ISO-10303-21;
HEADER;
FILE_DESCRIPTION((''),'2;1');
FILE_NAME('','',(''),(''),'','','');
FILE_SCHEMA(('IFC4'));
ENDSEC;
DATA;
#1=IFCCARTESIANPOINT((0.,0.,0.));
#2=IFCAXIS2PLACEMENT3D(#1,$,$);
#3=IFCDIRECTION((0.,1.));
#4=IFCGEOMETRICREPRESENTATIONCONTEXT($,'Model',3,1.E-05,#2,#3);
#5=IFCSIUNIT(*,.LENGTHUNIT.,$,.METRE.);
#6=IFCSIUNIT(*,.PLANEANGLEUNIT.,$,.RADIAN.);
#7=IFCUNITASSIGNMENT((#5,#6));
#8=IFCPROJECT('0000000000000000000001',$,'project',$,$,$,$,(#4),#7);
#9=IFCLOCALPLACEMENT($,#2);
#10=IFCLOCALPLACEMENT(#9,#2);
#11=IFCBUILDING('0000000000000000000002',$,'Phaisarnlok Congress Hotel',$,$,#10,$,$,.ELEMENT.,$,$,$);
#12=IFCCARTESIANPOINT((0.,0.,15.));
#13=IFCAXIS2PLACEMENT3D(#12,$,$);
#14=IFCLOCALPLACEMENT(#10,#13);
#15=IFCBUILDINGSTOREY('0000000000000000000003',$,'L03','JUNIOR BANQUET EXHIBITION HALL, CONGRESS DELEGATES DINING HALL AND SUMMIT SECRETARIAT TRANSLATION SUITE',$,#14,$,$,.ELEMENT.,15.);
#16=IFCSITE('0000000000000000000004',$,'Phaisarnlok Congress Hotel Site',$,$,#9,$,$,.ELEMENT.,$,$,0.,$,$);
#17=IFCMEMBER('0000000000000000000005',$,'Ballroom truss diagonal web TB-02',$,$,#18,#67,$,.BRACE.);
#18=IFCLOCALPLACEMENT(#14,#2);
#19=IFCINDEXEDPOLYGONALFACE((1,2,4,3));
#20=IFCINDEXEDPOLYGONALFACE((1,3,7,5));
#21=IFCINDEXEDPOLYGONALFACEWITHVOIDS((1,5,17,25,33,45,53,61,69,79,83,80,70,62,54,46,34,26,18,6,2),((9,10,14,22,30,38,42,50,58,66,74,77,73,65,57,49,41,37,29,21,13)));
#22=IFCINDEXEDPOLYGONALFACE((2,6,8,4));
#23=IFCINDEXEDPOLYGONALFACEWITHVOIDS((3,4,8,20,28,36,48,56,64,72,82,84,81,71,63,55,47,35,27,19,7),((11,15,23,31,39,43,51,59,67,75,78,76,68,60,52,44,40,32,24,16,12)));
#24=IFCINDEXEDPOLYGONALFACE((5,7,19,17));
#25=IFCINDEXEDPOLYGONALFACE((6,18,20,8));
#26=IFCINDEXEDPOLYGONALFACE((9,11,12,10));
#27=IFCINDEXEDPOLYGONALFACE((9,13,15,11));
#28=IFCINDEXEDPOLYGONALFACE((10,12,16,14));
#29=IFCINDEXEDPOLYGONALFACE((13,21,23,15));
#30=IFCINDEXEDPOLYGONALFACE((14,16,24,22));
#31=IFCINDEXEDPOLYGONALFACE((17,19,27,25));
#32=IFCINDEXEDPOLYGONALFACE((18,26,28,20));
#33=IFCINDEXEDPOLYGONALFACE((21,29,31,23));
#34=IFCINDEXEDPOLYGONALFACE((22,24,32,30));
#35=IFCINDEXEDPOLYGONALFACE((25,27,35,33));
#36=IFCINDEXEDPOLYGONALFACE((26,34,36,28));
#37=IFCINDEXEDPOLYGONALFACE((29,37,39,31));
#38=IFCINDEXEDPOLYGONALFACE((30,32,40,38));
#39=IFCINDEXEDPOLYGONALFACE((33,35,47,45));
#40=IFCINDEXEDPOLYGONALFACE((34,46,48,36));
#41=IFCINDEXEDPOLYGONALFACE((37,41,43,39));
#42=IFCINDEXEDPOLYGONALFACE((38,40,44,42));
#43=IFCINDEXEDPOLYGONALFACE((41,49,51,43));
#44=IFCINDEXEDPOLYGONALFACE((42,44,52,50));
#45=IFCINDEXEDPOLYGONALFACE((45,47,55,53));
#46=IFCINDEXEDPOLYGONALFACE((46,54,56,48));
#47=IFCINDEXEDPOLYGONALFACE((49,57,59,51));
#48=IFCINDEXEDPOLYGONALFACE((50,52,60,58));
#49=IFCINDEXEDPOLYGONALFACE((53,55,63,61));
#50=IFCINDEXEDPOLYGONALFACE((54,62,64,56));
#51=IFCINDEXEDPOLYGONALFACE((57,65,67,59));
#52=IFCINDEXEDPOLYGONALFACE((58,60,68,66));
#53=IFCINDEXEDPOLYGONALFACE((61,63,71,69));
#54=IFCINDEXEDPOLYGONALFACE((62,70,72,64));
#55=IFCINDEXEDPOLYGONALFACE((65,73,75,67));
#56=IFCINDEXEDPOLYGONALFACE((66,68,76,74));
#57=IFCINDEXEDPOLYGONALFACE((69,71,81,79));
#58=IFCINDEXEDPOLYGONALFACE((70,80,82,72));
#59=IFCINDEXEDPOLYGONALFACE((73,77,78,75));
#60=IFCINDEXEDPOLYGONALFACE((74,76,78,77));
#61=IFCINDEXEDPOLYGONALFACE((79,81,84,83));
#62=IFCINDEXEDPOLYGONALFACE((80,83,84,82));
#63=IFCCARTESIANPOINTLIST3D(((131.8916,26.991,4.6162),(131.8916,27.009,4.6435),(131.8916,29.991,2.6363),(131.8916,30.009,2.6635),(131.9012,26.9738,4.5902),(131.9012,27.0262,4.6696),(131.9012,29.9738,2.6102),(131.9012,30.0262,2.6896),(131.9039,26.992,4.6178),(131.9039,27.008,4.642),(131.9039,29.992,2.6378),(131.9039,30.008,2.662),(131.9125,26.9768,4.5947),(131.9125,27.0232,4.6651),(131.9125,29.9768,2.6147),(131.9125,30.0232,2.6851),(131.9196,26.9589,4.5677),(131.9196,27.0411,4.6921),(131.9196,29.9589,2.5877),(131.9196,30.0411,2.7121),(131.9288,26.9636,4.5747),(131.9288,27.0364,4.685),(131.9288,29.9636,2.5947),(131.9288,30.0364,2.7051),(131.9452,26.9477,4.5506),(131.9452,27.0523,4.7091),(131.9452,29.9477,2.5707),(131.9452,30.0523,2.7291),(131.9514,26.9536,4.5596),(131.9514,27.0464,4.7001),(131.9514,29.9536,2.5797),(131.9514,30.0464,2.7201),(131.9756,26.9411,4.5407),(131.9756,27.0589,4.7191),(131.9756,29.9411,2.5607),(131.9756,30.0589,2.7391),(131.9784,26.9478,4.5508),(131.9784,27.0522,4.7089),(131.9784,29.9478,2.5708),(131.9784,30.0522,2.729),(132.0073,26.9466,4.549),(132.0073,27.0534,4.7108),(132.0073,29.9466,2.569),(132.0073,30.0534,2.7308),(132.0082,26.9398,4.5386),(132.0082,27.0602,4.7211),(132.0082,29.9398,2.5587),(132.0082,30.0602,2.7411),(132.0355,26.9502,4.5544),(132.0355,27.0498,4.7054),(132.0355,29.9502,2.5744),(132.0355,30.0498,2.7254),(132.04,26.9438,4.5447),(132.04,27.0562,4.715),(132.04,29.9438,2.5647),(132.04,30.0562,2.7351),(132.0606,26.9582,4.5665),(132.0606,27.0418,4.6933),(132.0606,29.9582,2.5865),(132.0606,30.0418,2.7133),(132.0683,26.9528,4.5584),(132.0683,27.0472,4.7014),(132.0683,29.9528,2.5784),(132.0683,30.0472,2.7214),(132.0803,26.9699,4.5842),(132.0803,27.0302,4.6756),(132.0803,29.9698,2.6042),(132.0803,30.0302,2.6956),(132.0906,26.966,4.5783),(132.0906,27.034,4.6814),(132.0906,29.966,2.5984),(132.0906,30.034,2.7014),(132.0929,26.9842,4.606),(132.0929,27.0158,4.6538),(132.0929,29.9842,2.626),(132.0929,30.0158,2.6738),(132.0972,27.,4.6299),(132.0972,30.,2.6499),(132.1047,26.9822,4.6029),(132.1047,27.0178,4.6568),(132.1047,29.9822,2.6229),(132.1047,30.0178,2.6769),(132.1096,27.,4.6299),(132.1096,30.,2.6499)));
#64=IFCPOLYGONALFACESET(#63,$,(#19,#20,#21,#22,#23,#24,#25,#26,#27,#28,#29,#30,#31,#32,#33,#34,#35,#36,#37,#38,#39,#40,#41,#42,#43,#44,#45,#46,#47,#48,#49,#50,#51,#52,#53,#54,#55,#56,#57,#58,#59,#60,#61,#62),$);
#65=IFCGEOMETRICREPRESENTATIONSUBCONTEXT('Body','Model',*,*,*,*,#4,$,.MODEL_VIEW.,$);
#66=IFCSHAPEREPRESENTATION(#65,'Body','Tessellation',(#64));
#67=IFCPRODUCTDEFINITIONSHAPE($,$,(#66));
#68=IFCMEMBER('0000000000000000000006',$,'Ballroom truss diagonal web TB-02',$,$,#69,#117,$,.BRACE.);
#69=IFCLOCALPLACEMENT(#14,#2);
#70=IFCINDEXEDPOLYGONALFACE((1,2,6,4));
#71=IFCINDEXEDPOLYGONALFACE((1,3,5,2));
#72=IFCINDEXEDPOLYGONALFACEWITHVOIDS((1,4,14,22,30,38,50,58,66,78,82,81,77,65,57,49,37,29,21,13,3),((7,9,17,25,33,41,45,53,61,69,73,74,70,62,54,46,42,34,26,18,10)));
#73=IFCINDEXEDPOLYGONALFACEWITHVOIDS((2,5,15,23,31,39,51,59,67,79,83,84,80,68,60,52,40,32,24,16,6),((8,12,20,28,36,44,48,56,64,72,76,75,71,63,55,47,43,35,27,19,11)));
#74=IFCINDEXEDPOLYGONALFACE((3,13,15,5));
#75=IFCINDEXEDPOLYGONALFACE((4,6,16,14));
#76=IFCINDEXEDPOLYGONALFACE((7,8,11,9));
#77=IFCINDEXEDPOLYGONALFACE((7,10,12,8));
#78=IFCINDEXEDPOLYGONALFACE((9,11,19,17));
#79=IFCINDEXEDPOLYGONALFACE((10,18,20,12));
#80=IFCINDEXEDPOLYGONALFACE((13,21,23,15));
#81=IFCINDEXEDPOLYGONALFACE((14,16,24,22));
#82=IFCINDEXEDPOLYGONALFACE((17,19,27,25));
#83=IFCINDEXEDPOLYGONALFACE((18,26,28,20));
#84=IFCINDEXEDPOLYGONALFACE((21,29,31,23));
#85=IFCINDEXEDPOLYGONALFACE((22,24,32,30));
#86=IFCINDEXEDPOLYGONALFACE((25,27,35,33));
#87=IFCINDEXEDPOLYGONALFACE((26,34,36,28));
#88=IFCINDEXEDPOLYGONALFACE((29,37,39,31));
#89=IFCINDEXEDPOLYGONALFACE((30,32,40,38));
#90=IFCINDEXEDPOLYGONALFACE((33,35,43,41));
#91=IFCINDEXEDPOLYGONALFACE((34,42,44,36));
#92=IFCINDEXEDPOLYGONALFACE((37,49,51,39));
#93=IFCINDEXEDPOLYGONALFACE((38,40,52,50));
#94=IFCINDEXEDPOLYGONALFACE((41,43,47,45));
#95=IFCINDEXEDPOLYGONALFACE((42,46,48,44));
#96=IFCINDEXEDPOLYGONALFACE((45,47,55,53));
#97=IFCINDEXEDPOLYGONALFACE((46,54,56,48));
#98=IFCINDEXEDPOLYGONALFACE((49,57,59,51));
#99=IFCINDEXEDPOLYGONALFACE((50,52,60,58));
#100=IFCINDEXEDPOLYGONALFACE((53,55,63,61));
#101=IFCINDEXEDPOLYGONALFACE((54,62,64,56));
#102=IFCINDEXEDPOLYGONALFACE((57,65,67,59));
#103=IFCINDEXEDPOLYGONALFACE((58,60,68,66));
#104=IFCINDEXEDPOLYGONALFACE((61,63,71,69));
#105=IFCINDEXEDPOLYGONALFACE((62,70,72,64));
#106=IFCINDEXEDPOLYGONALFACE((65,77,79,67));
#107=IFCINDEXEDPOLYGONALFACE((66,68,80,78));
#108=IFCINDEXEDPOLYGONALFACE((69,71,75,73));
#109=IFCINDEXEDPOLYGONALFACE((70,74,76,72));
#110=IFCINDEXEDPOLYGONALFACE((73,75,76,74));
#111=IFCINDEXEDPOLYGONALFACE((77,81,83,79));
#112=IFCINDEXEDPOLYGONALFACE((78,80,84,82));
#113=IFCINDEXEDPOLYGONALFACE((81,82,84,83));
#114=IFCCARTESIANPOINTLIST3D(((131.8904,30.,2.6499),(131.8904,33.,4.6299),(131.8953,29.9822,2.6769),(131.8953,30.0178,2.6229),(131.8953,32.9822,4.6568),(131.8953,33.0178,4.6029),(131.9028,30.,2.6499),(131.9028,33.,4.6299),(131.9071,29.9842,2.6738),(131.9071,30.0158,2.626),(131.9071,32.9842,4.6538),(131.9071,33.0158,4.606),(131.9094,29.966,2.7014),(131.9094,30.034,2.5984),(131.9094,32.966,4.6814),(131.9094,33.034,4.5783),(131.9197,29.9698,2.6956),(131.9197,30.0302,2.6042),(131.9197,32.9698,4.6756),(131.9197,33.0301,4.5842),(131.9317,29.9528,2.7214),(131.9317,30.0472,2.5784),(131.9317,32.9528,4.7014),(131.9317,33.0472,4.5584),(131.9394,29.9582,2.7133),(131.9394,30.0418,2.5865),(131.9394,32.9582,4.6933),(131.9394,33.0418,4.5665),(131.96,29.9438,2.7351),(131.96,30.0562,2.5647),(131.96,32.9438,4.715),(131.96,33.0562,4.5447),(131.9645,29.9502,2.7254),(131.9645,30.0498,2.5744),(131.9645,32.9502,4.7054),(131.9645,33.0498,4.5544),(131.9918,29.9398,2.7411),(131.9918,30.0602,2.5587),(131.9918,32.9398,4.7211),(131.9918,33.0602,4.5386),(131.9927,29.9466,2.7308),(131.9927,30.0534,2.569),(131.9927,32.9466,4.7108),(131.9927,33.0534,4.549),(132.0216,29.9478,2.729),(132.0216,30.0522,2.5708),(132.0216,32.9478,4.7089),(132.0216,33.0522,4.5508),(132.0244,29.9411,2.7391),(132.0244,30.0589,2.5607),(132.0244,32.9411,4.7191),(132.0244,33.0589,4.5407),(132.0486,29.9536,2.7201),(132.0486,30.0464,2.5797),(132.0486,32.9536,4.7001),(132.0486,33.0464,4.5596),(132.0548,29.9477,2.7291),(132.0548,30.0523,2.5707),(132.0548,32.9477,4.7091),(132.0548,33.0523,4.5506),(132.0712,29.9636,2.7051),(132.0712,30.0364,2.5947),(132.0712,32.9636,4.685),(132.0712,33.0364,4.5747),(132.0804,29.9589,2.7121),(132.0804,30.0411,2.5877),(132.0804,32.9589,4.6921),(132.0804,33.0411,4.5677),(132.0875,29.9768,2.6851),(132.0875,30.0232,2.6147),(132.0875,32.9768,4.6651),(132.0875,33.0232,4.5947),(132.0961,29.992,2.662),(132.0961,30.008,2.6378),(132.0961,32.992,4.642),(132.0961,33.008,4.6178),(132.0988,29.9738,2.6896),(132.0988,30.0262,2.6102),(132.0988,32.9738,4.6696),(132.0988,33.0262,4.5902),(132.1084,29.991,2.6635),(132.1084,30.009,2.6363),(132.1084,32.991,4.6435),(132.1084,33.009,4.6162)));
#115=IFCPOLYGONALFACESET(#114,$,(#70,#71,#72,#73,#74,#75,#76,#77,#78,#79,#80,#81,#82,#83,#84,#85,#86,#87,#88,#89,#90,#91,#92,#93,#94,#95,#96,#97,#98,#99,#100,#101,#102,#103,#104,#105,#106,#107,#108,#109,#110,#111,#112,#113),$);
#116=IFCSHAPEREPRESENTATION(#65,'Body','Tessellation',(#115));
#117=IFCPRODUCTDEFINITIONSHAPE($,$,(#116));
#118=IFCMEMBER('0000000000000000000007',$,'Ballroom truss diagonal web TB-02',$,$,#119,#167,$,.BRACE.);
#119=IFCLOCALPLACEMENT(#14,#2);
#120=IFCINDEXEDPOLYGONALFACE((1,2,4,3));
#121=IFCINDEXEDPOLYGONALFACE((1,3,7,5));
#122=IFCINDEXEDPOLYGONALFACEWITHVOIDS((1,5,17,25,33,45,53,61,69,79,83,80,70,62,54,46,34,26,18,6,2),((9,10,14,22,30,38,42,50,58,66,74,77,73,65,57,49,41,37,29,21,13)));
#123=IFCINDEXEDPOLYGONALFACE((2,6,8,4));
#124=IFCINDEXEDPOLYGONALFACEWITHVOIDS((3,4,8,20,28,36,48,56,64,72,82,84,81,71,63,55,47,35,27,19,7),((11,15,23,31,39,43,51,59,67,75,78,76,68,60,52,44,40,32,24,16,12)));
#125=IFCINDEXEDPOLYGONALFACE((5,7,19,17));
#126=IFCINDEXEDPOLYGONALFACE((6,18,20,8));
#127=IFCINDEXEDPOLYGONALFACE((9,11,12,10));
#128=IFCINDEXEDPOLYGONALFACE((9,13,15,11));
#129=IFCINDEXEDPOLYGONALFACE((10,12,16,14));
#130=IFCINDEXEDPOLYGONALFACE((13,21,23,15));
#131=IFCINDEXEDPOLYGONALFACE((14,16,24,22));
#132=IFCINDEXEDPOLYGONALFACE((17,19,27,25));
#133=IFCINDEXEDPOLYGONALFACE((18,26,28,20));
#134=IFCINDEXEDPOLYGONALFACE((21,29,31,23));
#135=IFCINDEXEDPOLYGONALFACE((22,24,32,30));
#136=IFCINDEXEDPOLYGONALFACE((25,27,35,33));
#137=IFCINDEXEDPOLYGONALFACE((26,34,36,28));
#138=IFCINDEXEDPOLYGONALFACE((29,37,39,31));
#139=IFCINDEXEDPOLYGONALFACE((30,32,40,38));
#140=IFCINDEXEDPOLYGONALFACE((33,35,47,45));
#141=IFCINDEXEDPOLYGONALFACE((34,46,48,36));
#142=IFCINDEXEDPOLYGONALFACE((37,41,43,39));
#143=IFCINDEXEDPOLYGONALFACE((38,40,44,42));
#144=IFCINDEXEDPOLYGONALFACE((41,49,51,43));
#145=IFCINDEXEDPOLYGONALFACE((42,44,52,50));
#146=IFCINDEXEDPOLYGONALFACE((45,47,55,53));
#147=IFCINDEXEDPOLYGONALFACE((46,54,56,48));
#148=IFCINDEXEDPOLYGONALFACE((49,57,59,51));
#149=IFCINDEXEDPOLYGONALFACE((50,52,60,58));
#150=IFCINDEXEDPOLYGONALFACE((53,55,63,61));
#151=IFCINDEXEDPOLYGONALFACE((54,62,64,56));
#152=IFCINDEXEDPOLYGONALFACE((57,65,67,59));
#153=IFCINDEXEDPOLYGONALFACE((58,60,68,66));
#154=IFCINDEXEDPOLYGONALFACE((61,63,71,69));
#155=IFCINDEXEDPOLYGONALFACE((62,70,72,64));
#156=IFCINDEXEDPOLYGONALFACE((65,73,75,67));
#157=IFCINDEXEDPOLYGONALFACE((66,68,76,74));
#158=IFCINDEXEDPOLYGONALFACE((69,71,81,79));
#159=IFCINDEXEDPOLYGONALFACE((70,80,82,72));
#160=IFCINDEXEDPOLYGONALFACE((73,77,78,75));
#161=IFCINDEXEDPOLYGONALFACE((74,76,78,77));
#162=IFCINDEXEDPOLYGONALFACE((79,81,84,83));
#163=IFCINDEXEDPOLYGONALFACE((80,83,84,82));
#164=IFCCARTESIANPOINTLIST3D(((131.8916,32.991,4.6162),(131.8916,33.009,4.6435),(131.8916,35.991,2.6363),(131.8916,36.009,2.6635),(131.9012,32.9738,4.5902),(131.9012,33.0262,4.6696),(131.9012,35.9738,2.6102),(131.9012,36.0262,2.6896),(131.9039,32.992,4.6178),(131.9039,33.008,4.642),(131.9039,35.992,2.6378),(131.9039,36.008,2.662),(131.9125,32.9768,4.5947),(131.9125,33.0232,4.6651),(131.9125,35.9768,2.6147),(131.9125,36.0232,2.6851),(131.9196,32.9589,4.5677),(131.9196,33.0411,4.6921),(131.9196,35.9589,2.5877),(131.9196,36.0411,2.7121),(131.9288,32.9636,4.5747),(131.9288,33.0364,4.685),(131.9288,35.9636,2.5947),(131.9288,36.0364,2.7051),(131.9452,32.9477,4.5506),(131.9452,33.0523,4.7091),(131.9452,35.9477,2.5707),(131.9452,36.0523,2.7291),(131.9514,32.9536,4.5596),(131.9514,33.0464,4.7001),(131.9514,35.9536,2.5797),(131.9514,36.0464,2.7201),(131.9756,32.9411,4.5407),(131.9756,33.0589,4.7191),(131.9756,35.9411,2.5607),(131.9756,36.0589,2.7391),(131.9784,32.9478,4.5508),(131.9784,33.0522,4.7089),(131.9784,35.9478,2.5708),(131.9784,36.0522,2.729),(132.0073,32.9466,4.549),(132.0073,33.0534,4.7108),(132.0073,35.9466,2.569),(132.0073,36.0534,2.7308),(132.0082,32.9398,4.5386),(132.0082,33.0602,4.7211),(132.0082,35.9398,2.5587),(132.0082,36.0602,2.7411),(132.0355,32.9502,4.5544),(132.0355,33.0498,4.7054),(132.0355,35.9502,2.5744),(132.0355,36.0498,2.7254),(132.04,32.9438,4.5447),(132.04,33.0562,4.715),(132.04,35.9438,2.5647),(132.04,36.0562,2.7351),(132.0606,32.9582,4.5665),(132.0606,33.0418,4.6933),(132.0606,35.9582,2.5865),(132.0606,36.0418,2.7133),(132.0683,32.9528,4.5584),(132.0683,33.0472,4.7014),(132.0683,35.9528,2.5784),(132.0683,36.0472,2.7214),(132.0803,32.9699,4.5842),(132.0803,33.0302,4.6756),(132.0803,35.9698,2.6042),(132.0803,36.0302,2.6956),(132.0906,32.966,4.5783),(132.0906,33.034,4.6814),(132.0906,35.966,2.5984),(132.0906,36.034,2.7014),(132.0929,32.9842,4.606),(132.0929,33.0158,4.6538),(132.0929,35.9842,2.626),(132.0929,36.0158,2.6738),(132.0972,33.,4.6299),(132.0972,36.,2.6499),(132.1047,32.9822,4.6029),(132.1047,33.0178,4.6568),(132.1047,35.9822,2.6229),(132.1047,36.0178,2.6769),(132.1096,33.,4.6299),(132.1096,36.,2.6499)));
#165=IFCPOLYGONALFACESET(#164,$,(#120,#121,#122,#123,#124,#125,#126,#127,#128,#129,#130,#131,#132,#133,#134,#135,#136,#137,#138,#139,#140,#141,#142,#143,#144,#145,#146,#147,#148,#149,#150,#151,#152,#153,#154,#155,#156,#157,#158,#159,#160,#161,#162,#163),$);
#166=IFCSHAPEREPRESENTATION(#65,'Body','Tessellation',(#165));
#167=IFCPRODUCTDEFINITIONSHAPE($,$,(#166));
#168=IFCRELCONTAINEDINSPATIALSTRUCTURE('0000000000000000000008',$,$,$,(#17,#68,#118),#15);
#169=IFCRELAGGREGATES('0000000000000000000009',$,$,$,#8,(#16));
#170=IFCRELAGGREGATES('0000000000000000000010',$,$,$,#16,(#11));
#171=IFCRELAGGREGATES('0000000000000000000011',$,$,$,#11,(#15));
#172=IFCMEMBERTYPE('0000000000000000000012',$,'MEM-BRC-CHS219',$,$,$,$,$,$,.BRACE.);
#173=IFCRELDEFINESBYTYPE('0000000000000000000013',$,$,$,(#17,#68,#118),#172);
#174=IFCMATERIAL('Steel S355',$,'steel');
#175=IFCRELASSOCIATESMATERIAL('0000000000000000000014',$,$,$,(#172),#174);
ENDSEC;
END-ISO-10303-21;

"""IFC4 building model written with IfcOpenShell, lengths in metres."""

from ifc_helpers import new_model, si_unit, direction, frame, origin, origin_2d, place, context, subcontext, project, spatial, hollow_circle, extrude, material, material_profile, profile_set, type_object, element, save


model = new_model("IFC4")

# Units and contexts
model_context = context("Model", 3, precision=1e-05, world=origin(), true_north=direction((0.0, 1.0)))
body_context = subcontext(model_context, "Body", "Model", "MODEL_VIEW")
ifc_project = project(units=[si_unit("LENGTHUNIT", "METRE"), si_unit("PLANEANGLEUNIT", "RADIAN")], contexts=[model_context])

# Site, building, storey
site_placement = place(None, origin())
site = spatial("IfcSite", under=ifc_project, at=site_placement, Name="Phaisarnlok Congress Hotel Site", CompositionType="ELEMENT", RefElevation=0.0)
building_placement = place(site_placement, origin())
building = spatial("IfcBuilding", under=site, at=building_placement, Name="Phaisarnlok Congress Hotel", CompositionType="ELEMENT")
storey_placement = place(building_placement, frame((0.0, 0.0, 15.0)))
storey = spatial("IfcBuildingStorey", under=building, at=storey_placement, Name="L03", Description="JUNIOR BANQUET EXHIBITION HALL, CONGRESS DELEGATES DINING HALL AND SUMMIT SECRETARIAT TRANSLATION SUITE", CompositionType="ELEMENT", Elevation=15.0)

# Shared definitions
ifc_material_1 = material(Name="Steel S355", Category="steel")

# Members
ifc_material_profile_1 = material_profile(ifc_material_1, hollow_circle(Radius=0.1096, WallThickness=0.0125, at=origin_2d()), Name="CHS 219.1x12.5")
ifc_profile_set_1 = profile_set([ifc_material_profile_1], Name="Steel S355")
member_type_1 = type_object("IfcMemberType", Name="MEM-BRC-CHS219", PredefinedType="BRACE", material=ifc_profile_set_1)
for number, where, z_axis, x_axis, name in (
    (1, (132.0, 30.0, 2.6499), (0.0, -0.834612, 0.550838), (1.0, 0.0, 0.0), "Ballroom truss diagonal web TB-02"),
    (2, (132.0, 30.0, 2.6499), (0.0, 0.834612, 0.550838), (-1.0, 0.0, 0.0), "Ballroom truss diagonal web TB-02"),
    (3, (132.0, 36.0, 2.6499), (0.0, -0.834612, 0.550838), (1.0, 0.0, 0.0), "Ballroom truss diagonal web TB-02"),
):
    element("IfcMember", number, at=place(storey_placement, frame(where, z_axis=z_axis, x_axis=x_axis)), inside=storey, type_object=member_type_1, Name=name, PredefinedType="BRACE", context=body_context, shape_type="SweptSolid", body=[
        extrude(hollow_circle(Radius=0.1096, WallThickness=0.0125, at=origin_2d()), origin(), (0.0, 0.0, 1.0), 3.5945),
    ])

save(model, "model.ifc")
